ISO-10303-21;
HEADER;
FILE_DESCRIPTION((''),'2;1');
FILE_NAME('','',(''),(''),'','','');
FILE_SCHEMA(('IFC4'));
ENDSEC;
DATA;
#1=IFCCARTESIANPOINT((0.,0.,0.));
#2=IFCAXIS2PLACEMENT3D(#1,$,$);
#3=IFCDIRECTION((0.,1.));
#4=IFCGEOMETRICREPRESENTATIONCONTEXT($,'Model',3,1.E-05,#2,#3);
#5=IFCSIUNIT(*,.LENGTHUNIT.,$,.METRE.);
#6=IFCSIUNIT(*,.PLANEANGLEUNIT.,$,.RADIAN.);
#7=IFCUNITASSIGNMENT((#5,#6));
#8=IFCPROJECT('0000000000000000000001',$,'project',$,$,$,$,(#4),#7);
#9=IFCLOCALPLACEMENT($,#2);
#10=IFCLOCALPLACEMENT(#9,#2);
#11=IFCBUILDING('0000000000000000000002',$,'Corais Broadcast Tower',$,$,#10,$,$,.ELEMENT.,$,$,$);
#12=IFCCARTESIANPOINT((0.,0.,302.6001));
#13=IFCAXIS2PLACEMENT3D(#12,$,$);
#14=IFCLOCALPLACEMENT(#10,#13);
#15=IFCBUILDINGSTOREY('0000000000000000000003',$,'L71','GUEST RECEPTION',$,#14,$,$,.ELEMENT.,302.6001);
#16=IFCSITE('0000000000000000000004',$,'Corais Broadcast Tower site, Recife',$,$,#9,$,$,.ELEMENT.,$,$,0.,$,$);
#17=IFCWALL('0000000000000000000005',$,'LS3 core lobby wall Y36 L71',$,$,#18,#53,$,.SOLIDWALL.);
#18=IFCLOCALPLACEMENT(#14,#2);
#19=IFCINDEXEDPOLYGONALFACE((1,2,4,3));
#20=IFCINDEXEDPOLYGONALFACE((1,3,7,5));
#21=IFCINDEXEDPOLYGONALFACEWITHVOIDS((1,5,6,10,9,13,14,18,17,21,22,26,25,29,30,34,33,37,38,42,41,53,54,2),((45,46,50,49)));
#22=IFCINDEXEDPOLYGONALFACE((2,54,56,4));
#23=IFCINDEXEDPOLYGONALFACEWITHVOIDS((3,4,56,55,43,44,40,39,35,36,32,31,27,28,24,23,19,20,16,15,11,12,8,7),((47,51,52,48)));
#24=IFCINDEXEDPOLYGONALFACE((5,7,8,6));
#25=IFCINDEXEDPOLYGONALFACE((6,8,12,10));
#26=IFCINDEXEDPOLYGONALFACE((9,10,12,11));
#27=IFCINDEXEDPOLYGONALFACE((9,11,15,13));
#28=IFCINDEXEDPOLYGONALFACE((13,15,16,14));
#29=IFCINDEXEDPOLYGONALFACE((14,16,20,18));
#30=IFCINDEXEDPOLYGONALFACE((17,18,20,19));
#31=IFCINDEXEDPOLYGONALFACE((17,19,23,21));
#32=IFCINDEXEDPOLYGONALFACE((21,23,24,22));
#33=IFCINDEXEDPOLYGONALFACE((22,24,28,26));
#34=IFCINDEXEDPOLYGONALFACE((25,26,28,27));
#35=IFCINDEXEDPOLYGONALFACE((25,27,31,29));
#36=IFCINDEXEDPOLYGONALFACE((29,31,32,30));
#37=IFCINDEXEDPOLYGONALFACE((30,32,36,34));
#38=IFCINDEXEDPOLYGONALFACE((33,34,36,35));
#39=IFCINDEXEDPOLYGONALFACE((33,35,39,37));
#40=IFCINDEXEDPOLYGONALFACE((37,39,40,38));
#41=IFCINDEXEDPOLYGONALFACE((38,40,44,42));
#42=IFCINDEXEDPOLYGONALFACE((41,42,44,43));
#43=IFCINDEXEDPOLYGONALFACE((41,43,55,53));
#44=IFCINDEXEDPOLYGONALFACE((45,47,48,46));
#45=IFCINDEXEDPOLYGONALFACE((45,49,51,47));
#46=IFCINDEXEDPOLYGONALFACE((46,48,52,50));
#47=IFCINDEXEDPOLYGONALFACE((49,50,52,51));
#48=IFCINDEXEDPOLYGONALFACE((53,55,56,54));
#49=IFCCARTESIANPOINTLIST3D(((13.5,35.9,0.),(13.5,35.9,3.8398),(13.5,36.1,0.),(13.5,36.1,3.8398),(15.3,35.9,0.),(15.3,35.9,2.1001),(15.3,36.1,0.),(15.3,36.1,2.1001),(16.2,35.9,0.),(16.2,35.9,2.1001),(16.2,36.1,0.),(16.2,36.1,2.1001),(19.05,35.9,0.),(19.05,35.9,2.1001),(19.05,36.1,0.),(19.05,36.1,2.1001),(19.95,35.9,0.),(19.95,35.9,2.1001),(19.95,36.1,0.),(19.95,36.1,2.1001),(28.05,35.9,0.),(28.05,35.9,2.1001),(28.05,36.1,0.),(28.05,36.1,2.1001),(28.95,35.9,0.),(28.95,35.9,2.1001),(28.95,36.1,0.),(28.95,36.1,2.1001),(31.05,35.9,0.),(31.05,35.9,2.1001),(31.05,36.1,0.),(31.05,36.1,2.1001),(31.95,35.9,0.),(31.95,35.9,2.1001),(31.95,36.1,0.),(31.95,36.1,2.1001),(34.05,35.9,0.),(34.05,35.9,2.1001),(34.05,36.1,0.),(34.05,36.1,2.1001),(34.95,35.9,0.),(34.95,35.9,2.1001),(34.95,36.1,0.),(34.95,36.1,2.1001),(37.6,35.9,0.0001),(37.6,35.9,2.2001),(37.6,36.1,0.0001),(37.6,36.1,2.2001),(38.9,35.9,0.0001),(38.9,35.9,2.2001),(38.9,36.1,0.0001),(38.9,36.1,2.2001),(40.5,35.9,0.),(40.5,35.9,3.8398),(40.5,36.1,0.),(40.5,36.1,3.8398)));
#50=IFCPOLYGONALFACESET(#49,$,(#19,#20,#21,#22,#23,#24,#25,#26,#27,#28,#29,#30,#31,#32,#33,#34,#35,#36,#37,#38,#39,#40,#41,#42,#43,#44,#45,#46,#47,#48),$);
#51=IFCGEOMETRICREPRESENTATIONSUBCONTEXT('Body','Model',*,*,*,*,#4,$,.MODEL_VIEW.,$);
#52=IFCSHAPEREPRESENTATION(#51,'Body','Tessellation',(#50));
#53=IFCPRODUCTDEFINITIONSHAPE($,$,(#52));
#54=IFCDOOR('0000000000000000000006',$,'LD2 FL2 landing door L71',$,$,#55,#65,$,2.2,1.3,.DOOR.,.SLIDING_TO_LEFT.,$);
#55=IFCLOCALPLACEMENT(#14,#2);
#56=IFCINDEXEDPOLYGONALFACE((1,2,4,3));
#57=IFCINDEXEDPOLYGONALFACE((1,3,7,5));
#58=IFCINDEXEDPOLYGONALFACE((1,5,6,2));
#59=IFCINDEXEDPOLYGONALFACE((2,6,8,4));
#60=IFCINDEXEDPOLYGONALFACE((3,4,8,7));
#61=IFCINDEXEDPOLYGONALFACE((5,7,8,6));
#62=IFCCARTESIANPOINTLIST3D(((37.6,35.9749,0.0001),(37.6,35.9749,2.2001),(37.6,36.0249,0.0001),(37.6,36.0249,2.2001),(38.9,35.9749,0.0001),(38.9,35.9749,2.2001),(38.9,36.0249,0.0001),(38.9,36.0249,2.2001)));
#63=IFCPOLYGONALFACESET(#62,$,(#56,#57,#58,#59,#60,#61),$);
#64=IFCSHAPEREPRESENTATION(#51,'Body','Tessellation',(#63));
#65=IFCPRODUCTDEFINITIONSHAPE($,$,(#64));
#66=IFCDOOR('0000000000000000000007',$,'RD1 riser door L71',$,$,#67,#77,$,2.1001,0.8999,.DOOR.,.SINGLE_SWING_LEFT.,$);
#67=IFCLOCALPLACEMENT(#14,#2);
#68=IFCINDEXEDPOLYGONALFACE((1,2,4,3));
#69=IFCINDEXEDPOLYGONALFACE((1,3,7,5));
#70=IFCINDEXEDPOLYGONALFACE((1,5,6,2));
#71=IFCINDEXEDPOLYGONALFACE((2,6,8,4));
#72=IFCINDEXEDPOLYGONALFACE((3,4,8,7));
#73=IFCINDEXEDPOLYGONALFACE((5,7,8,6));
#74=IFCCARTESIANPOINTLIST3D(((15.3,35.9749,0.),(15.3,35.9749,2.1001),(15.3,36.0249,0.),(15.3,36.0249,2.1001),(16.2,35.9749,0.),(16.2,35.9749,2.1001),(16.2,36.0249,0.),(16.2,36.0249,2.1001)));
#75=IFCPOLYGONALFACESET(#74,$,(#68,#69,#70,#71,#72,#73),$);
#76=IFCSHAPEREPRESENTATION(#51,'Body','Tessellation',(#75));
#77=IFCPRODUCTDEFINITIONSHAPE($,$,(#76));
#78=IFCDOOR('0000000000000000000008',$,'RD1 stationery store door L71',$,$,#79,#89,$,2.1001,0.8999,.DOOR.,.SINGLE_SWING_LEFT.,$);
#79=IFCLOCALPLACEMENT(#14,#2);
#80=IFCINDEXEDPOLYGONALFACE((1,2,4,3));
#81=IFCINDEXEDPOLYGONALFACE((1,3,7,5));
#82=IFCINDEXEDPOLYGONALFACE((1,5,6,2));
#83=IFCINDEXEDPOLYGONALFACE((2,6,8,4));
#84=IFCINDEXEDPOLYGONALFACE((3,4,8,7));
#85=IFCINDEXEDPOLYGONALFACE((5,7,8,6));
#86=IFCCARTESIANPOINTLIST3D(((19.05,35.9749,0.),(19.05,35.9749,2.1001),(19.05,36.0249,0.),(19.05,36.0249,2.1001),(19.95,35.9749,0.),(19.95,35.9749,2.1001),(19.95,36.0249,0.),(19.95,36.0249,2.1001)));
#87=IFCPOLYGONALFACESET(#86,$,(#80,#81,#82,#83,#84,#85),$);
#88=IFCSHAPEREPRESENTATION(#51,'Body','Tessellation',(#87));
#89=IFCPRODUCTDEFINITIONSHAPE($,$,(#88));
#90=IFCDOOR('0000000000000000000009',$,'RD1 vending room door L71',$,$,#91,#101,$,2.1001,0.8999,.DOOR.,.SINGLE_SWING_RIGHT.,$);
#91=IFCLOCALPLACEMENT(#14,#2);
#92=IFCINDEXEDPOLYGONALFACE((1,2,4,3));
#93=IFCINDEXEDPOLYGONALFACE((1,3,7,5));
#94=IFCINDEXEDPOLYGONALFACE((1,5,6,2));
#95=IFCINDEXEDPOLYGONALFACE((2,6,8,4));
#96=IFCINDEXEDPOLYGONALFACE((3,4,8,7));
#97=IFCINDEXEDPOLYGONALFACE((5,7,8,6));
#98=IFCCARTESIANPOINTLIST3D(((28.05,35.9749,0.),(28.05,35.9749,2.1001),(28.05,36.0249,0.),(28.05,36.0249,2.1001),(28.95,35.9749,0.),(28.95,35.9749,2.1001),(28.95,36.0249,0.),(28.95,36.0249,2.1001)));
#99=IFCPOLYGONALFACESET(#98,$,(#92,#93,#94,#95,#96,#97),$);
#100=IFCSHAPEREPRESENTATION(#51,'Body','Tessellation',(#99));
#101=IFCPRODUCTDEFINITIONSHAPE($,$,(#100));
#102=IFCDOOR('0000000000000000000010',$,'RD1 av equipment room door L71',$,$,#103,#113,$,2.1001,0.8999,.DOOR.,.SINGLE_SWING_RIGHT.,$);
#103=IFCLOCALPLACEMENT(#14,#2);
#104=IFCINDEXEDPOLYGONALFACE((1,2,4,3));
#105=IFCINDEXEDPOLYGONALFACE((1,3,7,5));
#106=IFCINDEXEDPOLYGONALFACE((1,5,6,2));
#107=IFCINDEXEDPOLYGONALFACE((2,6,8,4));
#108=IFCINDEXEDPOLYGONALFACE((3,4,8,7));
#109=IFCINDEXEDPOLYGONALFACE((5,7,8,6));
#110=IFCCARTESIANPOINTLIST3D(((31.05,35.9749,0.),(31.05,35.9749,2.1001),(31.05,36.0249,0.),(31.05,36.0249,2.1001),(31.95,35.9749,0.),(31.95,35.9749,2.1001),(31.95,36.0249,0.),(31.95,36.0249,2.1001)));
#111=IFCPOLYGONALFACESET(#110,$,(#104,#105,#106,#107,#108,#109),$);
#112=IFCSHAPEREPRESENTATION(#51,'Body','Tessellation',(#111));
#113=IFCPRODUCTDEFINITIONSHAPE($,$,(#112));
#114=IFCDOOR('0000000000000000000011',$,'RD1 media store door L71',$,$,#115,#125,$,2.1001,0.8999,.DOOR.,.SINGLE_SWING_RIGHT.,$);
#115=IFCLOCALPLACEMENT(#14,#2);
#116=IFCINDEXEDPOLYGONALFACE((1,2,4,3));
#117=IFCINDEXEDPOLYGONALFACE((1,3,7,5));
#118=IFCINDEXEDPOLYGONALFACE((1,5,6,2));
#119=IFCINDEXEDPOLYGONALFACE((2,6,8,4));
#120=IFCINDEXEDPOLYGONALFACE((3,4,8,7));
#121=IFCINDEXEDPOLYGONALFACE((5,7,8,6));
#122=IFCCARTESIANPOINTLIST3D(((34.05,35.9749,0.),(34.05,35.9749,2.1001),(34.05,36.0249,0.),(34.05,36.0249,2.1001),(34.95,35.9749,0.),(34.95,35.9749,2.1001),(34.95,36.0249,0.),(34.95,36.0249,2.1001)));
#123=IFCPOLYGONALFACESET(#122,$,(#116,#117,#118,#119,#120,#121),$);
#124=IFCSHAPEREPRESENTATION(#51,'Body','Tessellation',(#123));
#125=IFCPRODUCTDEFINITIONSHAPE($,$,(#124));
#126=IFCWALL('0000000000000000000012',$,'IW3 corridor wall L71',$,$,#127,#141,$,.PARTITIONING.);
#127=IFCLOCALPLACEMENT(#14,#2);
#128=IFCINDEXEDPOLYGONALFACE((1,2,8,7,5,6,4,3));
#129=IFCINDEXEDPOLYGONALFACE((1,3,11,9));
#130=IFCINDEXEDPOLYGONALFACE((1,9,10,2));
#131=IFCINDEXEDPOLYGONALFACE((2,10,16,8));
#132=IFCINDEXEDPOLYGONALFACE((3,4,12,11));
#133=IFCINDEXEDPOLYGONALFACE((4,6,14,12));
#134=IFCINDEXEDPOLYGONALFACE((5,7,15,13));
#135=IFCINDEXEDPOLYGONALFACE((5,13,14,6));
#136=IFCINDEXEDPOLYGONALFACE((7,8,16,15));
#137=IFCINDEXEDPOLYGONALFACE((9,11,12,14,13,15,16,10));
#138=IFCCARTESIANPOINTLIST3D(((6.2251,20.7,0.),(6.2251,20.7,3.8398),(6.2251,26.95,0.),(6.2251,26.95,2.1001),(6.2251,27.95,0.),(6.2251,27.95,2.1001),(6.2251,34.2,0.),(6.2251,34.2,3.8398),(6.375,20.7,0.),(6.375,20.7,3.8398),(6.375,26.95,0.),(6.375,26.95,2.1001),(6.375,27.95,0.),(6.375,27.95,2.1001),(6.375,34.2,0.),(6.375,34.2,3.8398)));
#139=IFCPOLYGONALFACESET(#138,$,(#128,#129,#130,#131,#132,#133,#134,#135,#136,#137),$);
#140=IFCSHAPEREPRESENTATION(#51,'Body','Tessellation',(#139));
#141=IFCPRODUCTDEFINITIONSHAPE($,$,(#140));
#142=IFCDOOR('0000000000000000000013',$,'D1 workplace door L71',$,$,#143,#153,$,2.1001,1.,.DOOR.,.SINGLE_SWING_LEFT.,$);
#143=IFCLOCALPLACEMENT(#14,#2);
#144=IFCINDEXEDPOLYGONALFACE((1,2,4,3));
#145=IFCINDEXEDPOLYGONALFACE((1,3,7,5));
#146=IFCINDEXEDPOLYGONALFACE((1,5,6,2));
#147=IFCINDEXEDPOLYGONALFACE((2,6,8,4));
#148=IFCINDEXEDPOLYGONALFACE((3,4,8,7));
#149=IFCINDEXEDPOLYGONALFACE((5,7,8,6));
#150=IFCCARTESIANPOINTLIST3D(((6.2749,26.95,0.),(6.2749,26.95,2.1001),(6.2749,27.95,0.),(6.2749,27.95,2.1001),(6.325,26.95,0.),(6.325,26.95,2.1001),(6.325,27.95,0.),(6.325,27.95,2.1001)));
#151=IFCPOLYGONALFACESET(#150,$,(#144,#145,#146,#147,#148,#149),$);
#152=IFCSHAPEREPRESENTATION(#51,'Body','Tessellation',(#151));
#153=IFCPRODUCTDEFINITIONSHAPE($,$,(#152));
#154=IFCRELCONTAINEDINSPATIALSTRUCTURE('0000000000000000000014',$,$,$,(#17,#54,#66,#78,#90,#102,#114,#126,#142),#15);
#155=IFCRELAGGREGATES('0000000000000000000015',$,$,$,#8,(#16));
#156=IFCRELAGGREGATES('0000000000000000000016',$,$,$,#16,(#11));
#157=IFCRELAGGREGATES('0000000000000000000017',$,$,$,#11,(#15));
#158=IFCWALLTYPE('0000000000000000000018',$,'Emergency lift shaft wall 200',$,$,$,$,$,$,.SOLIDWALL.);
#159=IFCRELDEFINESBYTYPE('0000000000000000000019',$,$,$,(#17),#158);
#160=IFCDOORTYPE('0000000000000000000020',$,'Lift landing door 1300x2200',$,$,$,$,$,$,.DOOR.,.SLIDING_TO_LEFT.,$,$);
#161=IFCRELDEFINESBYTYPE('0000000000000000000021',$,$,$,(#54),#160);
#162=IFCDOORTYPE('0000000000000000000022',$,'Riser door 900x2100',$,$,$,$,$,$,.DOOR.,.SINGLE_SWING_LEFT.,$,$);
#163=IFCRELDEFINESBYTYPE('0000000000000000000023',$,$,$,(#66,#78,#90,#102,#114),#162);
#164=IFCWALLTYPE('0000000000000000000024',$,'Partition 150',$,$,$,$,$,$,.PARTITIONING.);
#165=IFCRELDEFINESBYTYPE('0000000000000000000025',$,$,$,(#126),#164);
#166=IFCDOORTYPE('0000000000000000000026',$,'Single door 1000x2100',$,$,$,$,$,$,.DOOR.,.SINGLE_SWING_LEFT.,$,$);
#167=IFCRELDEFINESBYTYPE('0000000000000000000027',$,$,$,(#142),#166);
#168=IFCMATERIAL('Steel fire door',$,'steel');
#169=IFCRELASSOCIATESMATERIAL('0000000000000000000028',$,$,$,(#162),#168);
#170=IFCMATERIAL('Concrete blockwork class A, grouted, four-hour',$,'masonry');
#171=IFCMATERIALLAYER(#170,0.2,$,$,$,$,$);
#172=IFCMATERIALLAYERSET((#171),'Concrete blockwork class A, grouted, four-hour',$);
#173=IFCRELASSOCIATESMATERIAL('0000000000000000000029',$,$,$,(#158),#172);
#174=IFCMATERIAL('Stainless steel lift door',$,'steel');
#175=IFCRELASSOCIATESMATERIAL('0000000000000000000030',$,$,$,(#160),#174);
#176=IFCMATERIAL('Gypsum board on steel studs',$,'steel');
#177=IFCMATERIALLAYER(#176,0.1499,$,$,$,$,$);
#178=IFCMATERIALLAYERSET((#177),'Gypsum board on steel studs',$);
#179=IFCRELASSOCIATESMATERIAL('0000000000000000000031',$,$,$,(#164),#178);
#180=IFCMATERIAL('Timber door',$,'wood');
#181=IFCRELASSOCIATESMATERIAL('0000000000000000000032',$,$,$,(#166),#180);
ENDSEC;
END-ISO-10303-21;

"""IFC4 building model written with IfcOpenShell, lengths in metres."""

from ifc_helpers import new_model, si_unit, direction, frame, frame_2d, origin, place, context, subcontext, project, spatial, rectangle, extrude, material, layer, layer_set, type_object, element, fill, save


model = new_model("IFC4")

# Units and contexts
model_context = context("Model", 3, precision=1e-05, world=origin(), true_north=direction((0.0, 1.0)))
body_context = subcontext(model_context, "Body", "Model", "MODEL_VIEW")
ifc_project = project(units=[si_unit("LENGTHUNIT", "METRE"), si_unit("PLANEANGLEUNIT", "RADIAN")], contexts=[model_context])

# Site, building, storey
site_placement = place(None, origin())
site = spatial("IfcSite", under=ifc_project, at=site_placement, Name="Corais Broadcast Tower site, Recife", CompositionType="ELEMENT", RefElevation=0.0)
building_placement = place(site_placement, origin())
building = spatial("IfcBuilding", under=site, at=building_placement, Name="Corais Broadcast Tower", CompositionType="ELEMENT")
storey_placement = place(building_placement, frame((0.0, 0.0, 302.6001)))
storey = spatial("IfcBuildingStorey", under=building, at=storey_placement, Name="L71", Description="GUEST RECEPTION", CompositionType="ELEMENT", Elevation=302.6001)

# Wall, openings, doors
ifc_material_1 = material(Name="Steel fire door", Category="steel")
door_type_1 = type_object("IfcDoorType", Name="Riser door 900x2100", OperationType="SINGLE_SWING_LEFT", PredefinedType="DOOR", material=ifc_material_1)
ifc_material_2 = material(Name="Concrete blockwork class A, grouted, four-hour", Category="masonry")
ifc_layer_1 = layer(ifc_material_2, 0.2)
ifc_layer_set_1 = layer_set([ifc_layer_1], Name="Concrete blockwork class A, grouted, four-hour")
wall_type_1 = type_object("IfcWallType", Name="Emergency lift shaft wall 200", PredefinedType="SOLIDWALL", material=ifc_layer_set_1)
wall_1_placement = place(storey_placement, frame((13.5, 36.0, 0.0), z_axis=(0.0, 0.0, 1.0), x_axis=(1.0, 0.0, 0.0)))
wall_1 = element("IfcWall", 1, at=wall_1_placement, inside=storey, type_object=wall_type_1, Name="LS3 core lobby wall Y36 L71", PredefinedType="SOLIDWALL", context=body_context, shape_type="SweptSolid", body=[
    extrude(rectangle(XDim=27.0, YDim=0.2, at=frame_2d((13.5, 0.0))), origin(), (0.0, 0.0, 1.0), 3.8398),
])
opening_1_placement = place(wall_1_placement, frame((1.8, 0.0, 0.0)))
opening_1 = element("IfcOpeningElement", 2, at=opening_1_placement, cuts=wall_1, PredefinedType="OPENING", context=body_context, shape_type="SweptSolid", body=[
    extrude(rectangle(XDim=0.8999, YDim=2.1001, at=frame_2d((0.45, 1.05))), frame((0.0, 0.1099, 0.0), z_axis=(0.0, -1.0, 0.0), x_axis=(1.0, 0.0, 0.0)), (0.0, 0.0, 1.0), 0.22),
])
opening_2_placement = place(wall_1_placement, frame((5.55, 0.0, 0.0)))
opening_2 = element("IfcOpeningElement", 3, at=opening_2_placement, cuts=wall_1, PredefinedType="OPENING", context=body_context, shape_type="SweptSolid", body=[
    extrude(rectangle(XDim=0.8999, YDim=2.1001, at=frame_2d((0.45, 1.05))), frame((0.0, 0.1099, 0.0), z_axis=(0.0, -1.0, 0.0), x_axis=(1.0, 0.0, 0.0)), (0.0, 0.0, 1.0), 0.22),
])
opening_3_placement = place(wall_1_placement, frame((14.55, 0.0, 0.0)))
opening_3 = element("IfcOpeningElement", 4, at=opening_3_placement, cuts=wall_1, PredefinedType="OPENING", context=body_context, shape_type="SweptSolid", body=[
    extrude(rectangle(XDim=0.8999, YDim=2.1001, at=frame_2d((0.45, 1.05))), frame((0.0, 0.1099, 0.0), z_axis=(0.0, -1.0, 0.0), x_axis=(1.0, 0.0, 0.0)), (0.0, 0.0, 1.0), 0.22),
])
opening_4_placement = place(wall_1_placement, frame((17.55, 0.0, 0.0)))
opening_4 = element("IfcOpeningElement", 5, at=opening_4_placement, cuts=wall_1, PredefinedType="OPENING", context=body_context, shape_type="SweptSolid", body=[
    extrude(rectangle(XDim=0.8999, YDim=2.1001, at=frame_2d((0.45, 1.05))), frame((0.0, 0.1099, 0.0), z_axis=(0.0, -1.0, 0.0), x_axis=(1.0, 0.0, 0.0)), (0.0, 0.0, 1.0), 0.22),
])
opening_5_placement = place(wall_1_placement, frame((20.55, 0.0, 0.0)))
opening_5 = element("IfcOpeningElement", 6, at=opening_5_placement, cuts=wall_1, PredefinedType="OPENING", context=body_context, shape_type="SweptSolid", body=[
    extrude(rectangle(XDim=0.8999, YDim=2.1001, at=frame_2d((0.45, 1.05))), frame((0.0, 0.1099, 0.0), z_axis=(0.0, -1.0, 0.0), x_axis=(1.0, 0.0, 0.0)), (0.0, 0.0, 1.0), 0.22),
])
opening_6_placement = place(wall_1_placement, frame((24.1001, 0.0, 0.0)))
opening_6 = element("IfcOpeningElement", 7, at=opening_6_placement, cuts=wall_1, PredefinedType="OPENING", context=body_context, shape_type="SweptSolid", body=[
    extrude(rectangle(XDim=1.3, YDim=2.2, at=frame_2d((0.6499, 1.1001))), frame((0.0, 0.1099, 0.0), z_axis=(0.0, -1.0, 0.0), x_axis=(1.0, 0.0, 0.0)), (0.0, 0.0, 1.0), 0.22),
])
ifc_material_3 = material(Name="Stainless steel lift door", Category="steel")
door_type_2 = type_object("IfcDoorType", Name="Lift landing door 1300x2200", OperationType="SLIDING_TO_LEFT", PredefinedType="DOOR", material=ifc_material_3)
door_1_placement = place(opening_6_placement, origin())
door_1 = element("IfcDoor", 8, at=door_1_placement, inside=storey, type_object=door_type_2, Name="LD2 FL2 landing door L71", OperationType="SLIDING_TO_LEFT", OverallHeight=2.2, OverallWidth=1.3, PredefinedType="DOOR", context=body_context, shape_type="SweptSolid", body=[
    extrude(rectangle(XDim=1.3, YDim=2.2, at=frame_2d((0.6499, 1.1001))), frame((0.0, 0.0249, 0.0), z_axis=(0.0, -1.0, 0.0), x_axis=(1.0, 0.0, 0.0)), (0.0, 0.0, 1.0), 0.05),
])
fill(opening_6, door_1)
door_2_placement = place(opening_1_placement, origin())
door_2 = element("IfcDoor", 9, at=door_2_placement, inside=storey, type_object=door_type_1, Name="RD1 riser door L71", OperationType="SINGLE_SWING_LEFT", OverallHeight=2.1001, OverallWidth=0.8999, PredefinedType="DOOR", context=body_context, shape_type="SweptSolid", body=[
    extrude(rectangle(XDim=0.8999, YDim=2.1001, at=frame_2d((0.45, 1.05))), frame((0.0, 0.0249, 0.0), z_axis=(0.0, -1.0, 0.0), x_axis=(1.0, 0.0, 0.0)), (0.0, 0.0, 1.0), 0.05),
])
fill(opening_1, door_2)
door_3_placement = place(opening_2_placement, origin())
door_3 = element("IfcDoor", 10, at=door_3_placement, inside=storey, type_object=door_type_1, Name="RD1 stationery store door L71", OperationType="SINGLE_SWING_LEFT", OverallHeight=2.1001, OverallWidth=0.8999, PredefinedType="DOOR", context=body_context, shape_type="SweptSolid", body=[
    extrude(rectangle(XDim=0.8999, YDim=2.1001, at=frame_2d((0.45, 1.05))), frame((0.0, 0.0249, 0.0), z_axis=(0.0, -1.0, 0.0), x_axis=(1.0, 0.0, 0.0)), (0.0, 0.0, 1.0), 0.05),
])
fill(opening_2, door_3)
door_4_placement = place(opening_3_placement, origin())
door_4 = element("IfcDoor", 11, at=door_4_placement, inside=storey, type_object=door_type_1, Name="RD1 vending room door L71", OperationType="SINGLE_SWING_RIGHT", OverallHeight=2.1001, OverallWidth=0.8999, PredefinedType="DOOR", context=body_context, shape_type="SweptSolid", body=[
    extrude(rectangle(XDim=0.8999, YDim=2.1001, at=frame_2d((0.45, 1.05))), frame((0.0, 0.0249, 0.0), z_axis=(0.0, -1.0, 0.0), x_axis=(1.0, 0.0, 0.0)), (0.0, 0.0, 1.0), 0.05),
])
fill(opening_3, door_4)
door_5_placement = place(opening_4_placement, origin())
door_5 = element("IfcDoor", 12, at=door_5_placement, inside=storey, type_object=door_type_1, Name="RD1 av equipment room door L71", OperationType="SINGLE_SWING_RIGHT", OverallHeight=2.1001, OverallWidth=0.8999, PredefinedType="DOOR", context=body_context, shape_type="SweptSolid", body=[
    extrude(rectangle(XDim=0.8999, YDim=2.1001, at=frame_2d((0.45, 1.05))), frame((0.0, 0.0249, 0.0), z_axis=(0.0, -1.0, 0.0), x_axis=(1.0, 0.0, 0.0)), (0.0, 0.0, 1.0), 0.05),
])
fill(opening_4, door_5)
door_6_placement = place(opening_5_placement, origin())
door_6 = element("IfcDoor", 13, at=door_6_placement, inside=storey, type_object=door_type_1, Name="RD1 media store door L71", OperationType="SINGLE_SWING_RIGHT", OverallHeight=2.1001, OverallWidth=0.8999, PredefinedType="DOOR", context=body_context, shape_type="SweptSolid", body=[
    extrude(rectangle(XDim=0.8999, YDim=2.1001, at=frame_2d((0.45, 1.05))), frame((0.0, 0.0249, 0.0), z_axis=(0.0, -1.0, 0.0), x_axis=(1.0, 0.0, 0.0)), (0.0, 0.0, 1.0), 0.05),
])
fill(opening_5, door_6)

# Wall, opening, door
ifc_material_4 = material(Name="Gypsum board on steel studs", Category="steel")
ifc_layer_2 = layer(ifc_material_4, 0.1499)
ifc_layer_set_2 = layer_set([ifc_layer_2], Name="Gypsum board on steel studs")
wall_type_2 = type_object("IfcWallType", Name="Partition 150", PredefinedType="PARTITIONING", material=ifc_layer_set_2)
wall_2_placement = place(storey_placement, frame((6.3, 34.2, 0.0), z_axis=(0.0, 0.0, 1.0), x_axis=(0.0, -1.0, 0.0)))
wall_2 = element("IfcWall", 14, at=wall_2_placement, inside=storey, type_object=wall_type_2, Name="IW3 corridor wall L71", PredefinedType="PARTITIONING", context=body_context, shape_type="SweptSolid", body=[
    extrude(rectangle(XDim=13.5, YDim=0.1499, at=frame_2d((6.75, 0.0))), origin(), (0.0, 0.0, 1.0), 3.8398),
])
opening_7_placement = place(wall_2_placement, frame((6.25, 0.0, 0.0)))
opening_7 = element("IfcOpeningElement", 15, at=opening_7_placement, cuts=wall_2, PredefinedType="OPENING", context=body_context, shape_type="SweptSolid", body=[
    extrude(rectangle(XDim=1.0, YDim=2.1001, at=frame_2d((0.5, 1.05))), frame((0.0, 0.085, 0.0), z_axis=(0.0, -1.0, 0.0), x_axis=(1.0, 0.0, 0.0)), (0.0, 0.0, 1.0), 0.1699),
])
ifc_material_5 = material(Name="Timber door", Category="wood")
door_type_3 = type_object("IfcDoorType", Name="Single door 1000x2100", OperationType="SINGLE_SWING_LEFT", PredefinedType="DOOR", material=ifc_material_5)
door_7_placement = place(opening_7_placement, origin())
door_7 = element("IfcDoor", 16, at=door_7_placement, inside=storey, type_object=door_type_3, Name="D1 workplace door L71", OperationType="SINGLE_SWING_LEFT", OverallHeight=2.1001, OverallWidth=1.0, PredefinedType="DOOR", context=body_context, shape_type="SweptSolid", body=[
    extrude(rectangle(XDim=1.0, YDim=2.1001, at=frame_2d((0.5, 1.05))), frame((0.0, 0.0249, 0.0), z_axis=(0.0, -1.0, 0.0), x_axis=(1.0, 0.0, 0.0)), (0.0, 0.0, 1.0), 0.05),
])
fill(opening_7, door_7)

save(model, "model.ifc")
